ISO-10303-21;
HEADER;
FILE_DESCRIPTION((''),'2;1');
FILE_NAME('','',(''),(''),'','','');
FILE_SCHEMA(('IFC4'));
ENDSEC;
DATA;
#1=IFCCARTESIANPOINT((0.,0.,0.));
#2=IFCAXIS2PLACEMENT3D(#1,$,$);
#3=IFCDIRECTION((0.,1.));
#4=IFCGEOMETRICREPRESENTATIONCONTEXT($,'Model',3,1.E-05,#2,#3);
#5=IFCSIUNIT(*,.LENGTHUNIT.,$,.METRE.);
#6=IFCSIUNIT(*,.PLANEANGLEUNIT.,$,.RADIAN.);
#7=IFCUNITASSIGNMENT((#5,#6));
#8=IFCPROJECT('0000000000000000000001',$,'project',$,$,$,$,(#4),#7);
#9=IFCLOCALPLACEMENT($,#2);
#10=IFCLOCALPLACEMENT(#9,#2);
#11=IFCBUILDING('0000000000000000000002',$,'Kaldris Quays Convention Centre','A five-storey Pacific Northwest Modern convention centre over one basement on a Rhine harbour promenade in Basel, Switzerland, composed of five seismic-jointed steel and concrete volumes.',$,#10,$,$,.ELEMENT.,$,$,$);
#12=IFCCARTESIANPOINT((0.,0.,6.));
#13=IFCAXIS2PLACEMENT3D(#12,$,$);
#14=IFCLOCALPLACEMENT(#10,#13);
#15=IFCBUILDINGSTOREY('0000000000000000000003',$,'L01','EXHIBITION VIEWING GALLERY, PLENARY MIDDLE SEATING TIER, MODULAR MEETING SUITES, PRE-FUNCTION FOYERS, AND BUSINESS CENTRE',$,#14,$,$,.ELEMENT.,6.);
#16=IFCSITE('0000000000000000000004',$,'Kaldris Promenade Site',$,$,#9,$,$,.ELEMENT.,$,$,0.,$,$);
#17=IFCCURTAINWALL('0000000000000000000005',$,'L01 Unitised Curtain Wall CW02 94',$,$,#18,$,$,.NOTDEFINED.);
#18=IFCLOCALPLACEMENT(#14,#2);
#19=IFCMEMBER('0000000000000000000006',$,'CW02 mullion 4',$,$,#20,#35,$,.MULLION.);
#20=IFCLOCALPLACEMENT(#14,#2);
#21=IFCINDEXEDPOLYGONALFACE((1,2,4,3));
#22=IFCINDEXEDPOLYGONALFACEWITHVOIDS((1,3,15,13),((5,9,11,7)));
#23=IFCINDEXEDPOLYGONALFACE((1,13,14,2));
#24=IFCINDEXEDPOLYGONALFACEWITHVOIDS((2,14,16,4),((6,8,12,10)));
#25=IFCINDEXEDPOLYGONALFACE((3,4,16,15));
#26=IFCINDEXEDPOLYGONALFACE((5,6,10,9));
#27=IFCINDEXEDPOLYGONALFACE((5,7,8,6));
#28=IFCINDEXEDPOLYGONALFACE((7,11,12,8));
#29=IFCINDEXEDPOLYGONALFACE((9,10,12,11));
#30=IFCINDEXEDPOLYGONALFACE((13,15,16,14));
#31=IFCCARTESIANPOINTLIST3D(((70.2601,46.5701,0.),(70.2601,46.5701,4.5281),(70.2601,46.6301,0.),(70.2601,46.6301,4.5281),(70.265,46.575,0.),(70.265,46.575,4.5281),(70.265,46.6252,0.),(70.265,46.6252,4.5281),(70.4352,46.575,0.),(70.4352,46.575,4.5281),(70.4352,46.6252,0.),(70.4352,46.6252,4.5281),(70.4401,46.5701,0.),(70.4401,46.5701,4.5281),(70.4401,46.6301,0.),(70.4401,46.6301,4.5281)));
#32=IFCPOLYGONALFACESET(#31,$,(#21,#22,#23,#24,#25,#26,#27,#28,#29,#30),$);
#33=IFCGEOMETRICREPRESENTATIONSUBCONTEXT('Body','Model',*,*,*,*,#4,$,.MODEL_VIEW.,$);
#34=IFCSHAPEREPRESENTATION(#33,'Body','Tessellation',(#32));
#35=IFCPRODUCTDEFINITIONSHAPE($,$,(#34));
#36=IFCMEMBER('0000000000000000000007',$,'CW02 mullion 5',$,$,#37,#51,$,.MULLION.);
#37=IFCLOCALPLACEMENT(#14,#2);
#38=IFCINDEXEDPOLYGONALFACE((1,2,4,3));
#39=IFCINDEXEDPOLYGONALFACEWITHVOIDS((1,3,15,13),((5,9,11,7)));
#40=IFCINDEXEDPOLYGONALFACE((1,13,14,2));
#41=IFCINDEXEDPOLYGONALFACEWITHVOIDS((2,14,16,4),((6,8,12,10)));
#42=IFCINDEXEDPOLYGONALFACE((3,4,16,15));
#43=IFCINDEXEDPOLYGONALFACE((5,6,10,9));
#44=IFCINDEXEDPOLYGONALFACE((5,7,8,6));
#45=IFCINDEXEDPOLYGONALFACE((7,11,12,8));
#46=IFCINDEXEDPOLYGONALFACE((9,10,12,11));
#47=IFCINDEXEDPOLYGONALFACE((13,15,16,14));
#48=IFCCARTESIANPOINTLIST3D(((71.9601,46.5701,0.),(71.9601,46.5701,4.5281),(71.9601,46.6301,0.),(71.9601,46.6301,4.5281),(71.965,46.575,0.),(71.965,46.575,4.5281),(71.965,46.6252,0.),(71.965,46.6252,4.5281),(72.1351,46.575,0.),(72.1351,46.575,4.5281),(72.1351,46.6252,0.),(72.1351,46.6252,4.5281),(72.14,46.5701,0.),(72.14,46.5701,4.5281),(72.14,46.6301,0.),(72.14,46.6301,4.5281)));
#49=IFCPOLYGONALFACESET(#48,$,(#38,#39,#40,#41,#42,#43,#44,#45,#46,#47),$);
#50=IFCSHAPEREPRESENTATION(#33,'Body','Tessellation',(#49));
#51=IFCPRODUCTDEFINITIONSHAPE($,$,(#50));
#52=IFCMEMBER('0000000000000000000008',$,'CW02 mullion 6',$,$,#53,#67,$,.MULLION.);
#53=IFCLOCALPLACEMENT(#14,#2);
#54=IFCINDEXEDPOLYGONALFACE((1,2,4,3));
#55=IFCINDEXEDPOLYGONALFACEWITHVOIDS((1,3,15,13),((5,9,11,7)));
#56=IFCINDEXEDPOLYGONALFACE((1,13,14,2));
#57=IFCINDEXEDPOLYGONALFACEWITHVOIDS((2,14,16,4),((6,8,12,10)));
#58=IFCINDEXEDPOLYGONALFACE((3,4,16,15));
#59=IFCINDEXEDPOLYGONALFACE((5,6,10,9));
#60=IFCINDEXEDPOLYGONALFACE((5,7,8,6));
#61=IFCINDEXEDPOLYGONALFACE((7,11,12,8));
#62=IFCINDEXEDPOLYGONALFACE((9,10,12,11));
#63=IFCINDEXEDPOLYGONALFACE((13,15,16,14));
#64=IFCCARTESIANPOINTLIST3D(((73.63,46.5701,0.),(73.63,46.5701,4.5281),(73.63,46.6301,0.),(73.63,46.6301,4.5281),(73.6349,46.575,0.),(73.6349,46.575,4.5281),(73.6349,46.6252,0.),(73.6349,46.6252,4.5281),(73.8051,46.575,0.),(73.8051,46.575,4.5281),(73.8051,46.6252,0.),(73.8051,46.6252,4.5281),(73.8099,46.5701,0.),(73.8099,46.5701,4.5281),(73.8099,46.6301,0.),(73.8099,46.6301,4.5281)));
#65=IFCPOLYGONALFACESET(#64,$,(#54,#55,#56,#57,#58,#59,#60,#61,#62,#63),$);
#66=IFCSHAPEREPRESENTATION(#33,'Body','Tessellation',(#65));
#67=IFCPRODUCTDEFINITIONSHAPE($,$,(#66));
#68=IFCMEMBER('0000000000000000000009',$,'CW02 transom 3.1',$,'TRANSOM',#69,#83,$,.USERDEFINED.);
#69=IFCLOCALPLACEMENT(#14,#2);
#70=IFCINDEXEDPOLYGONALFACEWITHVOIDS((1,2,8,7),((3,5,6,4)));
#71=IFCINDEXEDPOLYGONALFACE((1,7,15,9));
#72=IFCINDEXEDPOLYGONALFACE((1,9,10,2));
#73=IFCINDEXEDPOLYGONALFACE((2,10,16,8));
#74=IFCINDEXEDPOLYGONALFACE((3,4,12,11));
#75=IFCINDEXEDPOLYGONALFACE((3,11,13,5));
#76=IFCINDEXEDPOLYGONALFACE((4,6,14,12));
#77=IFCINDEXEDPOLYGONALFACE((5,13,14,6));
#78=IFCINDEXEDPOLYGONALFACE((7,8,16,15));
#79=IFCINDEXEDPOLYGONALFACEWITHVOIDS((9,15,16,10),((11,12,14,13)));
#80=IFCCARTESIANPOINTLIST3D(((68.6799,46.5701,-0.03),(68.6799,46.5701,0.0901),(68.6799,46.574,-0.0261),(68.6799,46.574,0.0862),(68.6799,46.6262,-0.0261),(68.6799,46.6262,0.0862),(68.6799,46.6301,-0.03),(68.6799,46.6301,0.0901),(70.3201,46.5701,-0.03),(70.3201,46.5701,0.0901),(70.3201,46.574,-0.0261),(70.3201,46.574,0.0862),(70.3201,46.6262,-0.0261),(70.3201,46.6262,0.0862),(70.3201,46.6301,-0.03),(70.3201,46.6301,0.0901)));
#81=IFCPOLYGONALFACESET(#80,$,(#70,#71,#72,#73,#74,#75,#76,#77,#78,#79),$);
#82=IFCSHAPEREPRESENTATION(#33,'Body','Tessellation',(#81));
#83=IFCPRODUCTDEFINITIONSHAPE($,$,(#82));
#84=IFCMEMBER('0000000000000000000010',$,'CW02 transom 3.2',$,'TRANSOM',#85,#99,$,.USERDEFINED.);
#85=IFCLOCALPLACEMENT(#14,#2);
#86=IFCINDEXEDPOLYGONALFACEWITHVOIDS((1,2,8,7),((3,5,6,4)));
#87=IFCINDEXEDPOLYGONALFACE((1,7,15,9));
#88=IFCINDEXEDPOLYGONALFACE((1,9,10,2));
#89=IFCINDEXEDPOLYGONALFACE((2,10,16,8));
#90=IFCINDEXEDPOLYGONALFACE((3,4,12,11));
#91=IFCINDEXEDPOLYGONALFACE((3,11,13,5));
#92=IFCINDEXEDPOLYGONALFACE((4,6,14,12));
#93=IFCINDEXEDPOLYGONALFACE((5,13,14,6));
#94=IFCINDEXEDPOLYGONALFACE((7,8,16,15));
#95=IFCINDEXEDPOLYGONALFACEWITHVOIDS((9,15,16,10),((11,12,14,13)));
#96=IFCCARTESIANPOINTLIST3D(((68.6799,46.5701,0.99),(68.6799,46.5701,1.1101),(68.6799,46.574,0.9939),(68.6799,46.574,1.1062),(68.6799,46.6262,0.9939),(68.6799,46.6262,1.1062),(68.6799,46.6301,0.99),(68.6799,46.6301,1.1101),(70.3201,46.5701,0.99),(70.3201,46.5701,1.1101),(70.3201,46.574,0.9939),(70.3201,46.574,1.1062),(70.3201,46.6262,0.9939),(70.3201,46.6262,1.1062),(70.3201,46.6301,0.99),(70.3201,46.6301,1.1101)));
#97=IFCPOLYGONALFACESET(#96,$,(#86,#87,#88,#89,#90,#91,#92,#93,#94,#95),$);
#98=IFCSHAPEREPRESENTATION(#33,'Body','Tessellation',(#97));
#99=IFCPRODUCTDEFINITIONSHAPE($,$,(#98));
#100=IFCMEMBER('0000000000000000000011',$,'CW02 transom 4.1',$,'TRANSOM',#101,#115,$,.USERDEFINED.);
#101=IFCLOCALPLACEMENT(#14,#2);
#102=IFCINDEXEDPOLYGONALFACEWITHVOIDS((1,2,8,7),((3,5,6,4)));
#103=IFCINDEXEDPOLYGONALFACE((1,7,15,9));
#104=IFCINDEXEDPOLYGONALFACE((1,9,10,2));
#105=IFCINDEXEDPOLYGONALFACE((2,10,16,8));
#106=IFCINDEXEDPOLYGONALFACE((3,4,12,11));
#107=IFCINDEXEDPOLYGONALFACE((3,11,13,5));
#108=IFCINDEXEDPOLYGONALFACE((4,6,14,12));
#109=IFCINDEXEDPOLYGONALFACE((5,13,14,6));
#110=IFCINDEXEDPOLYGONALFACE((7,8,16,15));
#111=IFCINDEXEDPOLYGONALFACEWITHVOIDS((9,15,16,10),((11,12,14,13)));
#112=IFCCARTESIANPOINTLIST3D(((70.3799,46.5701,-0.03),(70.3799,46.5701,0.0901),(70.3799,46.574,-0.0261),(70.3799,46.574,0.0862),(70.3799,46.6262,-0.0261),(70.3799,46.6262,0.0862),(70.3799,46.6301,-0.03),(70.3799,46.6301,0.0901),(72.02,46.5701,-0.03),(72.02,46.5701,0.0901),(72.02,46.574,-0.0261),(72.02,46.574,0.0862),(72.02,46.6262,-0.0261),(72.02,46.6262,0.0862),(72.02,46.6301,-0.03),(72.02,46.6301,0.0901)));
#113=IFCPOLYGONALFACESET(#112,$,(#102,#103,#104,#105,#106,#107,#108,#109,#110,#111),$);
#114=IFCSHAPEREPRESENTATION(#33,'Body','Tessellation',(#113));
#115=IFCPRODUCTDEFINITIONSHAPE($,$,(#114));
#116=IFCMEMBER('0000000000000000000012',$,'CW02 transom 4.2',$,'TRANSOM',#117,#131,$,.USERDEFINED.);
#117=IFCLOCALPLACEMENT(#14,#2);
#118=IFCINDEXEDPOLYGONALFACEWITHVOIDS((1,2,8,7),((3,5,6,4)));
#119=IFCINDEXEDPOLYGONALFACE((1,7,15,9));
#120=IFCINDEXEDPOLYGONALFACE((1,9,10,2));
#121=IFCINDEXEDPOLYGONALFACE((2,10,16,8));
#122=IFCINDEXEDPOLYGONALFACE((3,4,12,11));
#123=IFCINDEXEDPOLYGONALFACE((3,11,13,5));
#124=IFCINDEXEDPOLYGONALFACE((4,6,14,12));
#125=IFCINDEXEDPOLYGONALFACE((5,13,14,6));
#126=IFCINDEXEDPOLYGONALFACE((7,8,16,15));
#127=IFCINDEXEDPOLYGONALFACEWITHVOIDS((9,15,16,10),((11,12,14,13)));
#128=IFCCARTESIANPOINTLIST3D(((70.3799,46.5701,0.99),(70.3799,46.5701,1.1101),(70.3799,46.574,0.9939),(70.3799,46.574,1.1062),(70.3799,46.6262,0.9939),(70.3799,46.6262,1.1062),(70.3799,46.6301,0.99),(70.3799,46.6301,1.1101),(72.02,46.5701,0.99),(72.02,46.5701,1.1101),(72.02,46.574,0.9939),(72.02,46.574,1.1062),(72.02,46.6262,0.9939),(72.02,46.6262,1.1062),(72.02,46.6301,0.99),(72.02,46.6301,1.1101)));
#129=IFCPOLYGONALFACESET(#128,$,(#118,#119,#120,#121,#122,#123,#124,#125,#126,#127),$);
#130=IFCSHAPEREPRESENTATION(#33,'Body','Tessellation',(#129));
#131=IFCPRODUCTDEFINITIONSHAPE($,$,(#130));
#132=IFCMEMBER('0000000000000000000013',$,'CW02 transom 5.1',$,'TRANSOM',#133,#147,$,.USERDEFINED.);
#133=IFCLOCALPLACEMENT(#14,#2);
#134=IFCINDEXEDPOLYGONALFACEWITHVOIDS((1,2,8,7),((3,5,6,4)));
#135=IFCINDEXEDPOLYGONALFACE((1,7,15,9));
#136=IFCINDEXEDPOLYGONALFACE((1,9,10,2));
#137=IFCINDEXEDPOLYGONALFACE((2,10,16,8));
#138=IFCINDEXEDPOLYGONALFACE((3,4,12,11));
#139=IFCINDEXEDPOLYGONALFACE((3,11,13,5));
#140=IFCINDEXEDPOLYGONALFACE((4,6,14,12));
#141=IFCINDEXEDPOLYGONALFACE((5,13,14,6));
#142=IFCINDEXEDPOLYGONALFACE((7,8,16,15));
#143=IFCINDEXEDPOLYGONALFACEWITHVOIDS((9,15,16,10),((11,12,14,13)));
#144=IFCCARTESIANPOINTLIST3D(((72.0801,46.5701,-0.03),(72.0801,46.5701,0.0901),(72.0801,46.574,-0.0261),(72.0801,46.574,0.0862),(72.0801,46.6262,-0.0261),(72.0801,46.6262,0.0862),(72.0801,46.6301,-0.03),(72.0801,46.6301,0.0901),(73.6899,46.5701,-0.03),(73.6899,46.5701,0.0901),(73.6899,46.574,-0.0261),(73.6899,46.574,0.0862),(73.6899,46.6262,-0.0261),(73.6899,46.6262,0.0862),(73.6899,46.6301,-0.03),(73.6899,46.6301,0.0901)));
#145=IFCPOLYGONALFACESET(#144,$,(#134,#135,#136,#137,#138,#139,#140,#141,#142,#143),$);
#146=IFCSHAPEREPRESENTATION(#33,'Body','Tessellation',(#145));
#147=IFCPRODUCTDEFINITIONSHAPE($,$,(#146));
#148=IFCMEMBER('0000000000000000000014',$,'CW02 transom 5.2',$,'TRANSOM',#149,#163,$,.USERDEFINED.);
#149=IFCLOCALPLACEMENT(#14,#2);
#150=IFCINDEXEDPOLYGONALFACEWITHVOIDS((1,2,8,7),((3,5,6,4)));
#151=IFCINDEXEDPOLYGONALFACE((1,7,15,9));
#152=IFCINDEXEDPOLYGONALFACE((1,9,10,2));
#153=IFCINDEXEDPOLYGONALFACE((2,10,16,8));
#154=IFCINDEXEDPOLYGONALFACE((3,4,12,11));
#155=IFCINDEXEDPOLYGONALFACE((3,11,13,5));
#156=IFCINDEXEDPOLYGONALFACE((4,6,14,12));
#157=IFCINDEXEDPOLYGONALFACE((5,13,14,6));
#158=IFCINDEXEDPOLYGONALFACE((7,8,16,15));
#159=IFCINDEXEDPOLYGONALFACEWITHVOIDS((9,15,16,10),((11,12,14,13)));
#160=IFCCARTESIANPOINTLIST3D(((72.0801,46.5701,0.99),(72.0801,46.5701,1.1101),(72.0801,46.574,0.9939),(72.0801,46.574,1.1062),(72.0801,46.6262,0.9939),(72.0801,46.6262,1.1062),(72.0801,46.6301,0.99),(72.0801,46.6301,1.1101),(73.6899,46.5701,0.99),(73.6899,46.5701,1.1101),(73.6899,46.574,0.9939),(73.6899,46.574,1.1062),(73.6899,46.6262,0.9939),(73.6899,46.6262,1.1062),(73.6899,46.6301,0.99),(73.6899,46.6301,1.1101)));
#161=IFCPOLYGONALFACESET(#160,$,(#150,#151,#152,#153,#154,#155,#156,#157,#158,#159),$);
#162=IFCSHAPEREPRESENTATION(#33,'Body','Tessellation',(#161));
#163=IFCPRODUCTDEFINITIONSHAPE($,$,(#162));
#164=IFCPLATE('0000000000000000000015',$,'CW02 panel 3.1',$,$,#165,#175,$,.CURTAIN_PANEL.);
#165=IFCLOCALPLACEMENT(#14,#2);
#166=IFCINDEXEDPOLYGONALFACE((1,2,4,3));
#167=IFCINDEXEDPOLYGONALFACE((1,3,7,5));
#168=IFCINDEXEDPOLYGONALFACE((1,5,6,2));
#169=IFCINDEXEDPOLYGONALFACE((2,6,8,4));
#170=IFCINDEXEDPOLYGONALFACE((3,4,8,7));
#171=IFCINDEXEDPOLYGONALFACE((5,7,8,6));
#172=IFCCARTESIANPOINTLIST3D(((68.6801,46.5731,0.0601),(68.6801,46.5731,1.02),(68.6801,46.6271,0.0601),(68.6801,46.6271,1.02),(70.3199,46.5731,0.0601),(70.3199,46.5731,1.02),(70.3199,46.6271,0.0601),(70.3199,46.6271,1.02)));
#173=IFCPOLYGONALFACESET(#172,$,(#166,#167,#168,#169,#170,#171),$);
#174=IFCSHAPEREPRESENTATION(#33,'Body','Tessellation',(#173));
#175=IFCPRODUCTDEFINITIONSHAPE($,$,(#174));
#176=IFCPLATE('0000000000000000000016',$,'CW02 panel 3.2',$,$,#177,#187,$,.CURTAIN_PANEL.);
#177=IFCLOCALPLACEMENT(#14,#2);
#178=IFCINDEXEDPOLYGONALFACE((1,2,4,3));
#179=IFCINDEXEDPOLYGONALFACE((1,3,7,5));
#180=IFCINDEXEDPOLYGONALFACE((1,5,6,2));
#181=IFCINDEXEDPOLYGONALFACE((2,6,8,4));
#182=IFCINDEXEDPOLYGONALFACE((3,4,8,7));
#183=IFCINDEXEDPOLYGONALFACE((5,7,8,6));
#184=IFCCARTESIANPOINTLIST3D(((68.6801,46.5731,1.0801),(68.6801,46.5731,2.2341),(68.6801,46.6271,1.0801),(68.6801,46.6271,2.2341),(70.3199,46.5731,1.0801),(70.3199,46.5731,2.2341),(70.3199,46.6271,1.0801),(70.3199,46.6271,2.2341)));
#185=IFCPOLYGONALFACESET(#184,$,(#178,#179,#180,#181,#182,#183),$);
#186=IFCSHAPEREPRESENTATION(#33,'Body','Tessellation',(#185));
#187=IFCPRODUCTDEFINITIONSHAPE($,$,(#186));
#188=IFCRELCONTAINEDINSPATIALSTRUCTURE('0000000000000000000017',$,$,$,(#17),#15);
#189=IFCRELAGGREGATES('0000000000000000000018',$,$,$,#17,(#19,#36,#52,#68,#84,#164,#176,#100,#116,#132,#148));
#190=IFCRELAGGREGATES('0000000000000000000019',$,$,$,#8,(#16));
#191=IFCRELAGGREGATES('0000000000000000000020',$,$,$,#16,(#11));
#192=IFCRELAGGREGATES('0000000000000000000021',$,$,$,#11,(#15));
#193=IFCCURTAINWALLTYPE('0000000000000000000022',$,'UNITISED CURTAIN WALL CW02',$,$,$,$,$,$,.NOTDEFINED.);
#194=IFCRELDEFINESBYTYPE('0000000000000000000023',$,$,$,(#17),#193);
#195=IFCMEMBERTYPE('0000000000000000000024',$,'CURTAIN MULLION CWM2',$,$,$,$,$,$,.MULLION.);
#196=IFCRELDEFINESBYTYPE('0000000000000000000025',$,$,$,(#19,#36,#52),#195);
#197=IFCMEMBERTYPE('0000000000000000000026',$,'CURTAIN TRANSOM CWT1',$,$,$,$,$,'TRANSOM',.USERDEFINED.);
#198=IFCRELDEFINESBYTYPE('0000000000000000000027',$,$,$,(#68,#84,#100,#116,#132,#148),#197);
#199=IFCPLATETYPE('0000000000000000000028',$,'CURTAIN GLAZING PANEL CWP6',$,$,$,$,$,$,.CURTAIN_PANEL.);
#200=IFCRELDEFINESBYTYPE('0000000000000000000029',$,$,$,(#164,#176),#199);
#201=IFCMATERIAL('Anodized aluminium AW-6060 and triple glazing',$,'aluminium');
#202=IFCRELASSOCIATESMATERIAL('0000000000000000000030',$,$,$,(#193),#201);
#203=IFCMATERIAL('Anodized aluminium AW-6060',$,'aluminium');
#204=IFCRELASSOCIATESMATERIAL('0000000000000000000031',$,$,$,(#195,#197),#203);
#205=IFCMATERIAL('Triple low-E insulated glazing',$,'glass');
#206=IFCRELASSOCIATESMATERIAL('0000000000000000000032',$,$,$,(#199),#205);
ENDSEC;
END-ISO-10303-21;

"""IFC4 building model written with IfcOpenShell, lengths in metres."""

from ifc_helpers import new_model, si_unit, direction, frame, origin, origin_2d, place, context, subcontext, project, spatial, rectangle, hollow_rectangle, extrude, material, material_profile, profile_set, type_object, element, aggregate, save


model = new_model("IFC4")

# Units and contexts
model_context = context("Model", 3, precision=1e-05, world=origin(), true_north=direction((0.0, 1.0)))
body_context = subcontext(model_context, "Body", "Model", "MODEL_VIEW")
ifc_project = project(units=[si_unit("LENGTHUNIT", "METRE"), si_unit("PLANEANGLEUNIT", "RADIAN")], contexts=[model_context])

# Site, building, storey
site_placement = place(None, origin())
site = spatial("IfcSite", under=ifc_project, at=site_placement, Name="Kaldris Promenade Site", CompositionType="ELEMENT", RefElevation=0.0)
building_placement = place(site_placement, origin())
building = spatial("IfcBuilding", under=site, at=building_placement, Name="Kaldris Quays Convention Centre", Description="A five-storey Pacific Northwest Modern convention centre over one basement on a Rhine harbour promenade in Basel, Switzerland, composed of five seismic-jointed steel and concrete volumes.", CompositionType="ELEMENT")
storey_placement = place(building_placement, frame((0.0, 0.0, 6.0)))
storey = spatial("IfcBuildingStorey", under=building, at=storey_placement, Name="L01", Description="EXHIBITION VIEWING GALLERY, PLENARY MIDDLE SEATING TIER, MODULAR MEETING SUITES, PRE-FUNCTION FOYERS, AND BUSINESS CENTRE", CompositionType="ELEMENT", Elevation=6.0)

# Curtain wall, members, plates
ifc_material_1 = material(Name="Anodized aluminium AW-6060 and triple glazing", Category="aluminium")
curtain_wall_type = type_object("IfcCurtainWallType", Name="UNITISED CURTAIN WALL CW02", PredefinedType="NOTDEFINED", material=ifc_material_1)
curtain_wall_placement = place(storey_placement, origin())
curtain_wall = element("IfcCurtainWall", 1, at=curtain_wall_placement, inside=storey, type_object=curtain_wall_type, Name="L01 Unitised Curtain Wall CW02 94", PredefinedType="NOTDEFINED")
ifc_material_2 = material(Name="Anodized aluminium AW-6060", Category="aluminium")
ifc_material_profile_1 = material_profile(ifc_material_2, hollow_rectangle(XDim=0.0601, YDim=0.1799, WallThickness=0.0049, at=origin_2d()), Name="RHS 180x60x5")
ifc_profile_set_1 = profile_set([ifc_material_profile_1], Name="Anodized aluminium AW-6060")
member_type_1 = type_object("IfcMemberType", Name="CURTAIN MULLION CWM2", PredefinedType="MULLION", material=ifc_profile_set_1)
member_1_placement = place(storey_placement, frame((70.3501, 46.6001, 0.0), z_axis=(0.0, 0.0, 1.0), x_axis=(0.0, 1.0, 0.0)))
member_1 = element("IfcMember", 2, at=member_1_placement, type_object=member_type_1, Name="CW02 mullion 4", PredefinedType="MULLION", context=body_context, shape_type="SweptSolid", body=[
    extrude(hollow_rectangle(XDim=0.0601, YDim=0.1799, WallThickness=0.0049, at=origin_2d()), origin(), (0.0, 0.0, 1.0), 4.5281),
])
member_2_placement = place(storey_placement, frame((72.05, 46.6001, 0.0), z_axis=(0.0, 0.0, 1.0), x_axis=(0.0, 1.0, 0.0)))
member_2 = element("IfcMember", 3, at=member_2_placement, type_object=member_type_1, Name="CW02 mullion 5", PredefinedType="MULLION", context=body_context, shape_type="SweptSolid", body=[
    extrude(hollow_rectangle(XDim=0.0601, YDim=0.1799, WallThickness=0.0049, at=origin_2d()), origin(), (0.0, 0.0, 1.0), 4.5281),
])
member_3_placement = place(storey_placement, frame((73.72, 46.6001, 0.0), z_axis=(0.0, 0.0, 1.0), x_axis=(0.0, 1.0, 0.0)))
member_3 = element("IfcMember", 4, at=member_3_placement, type_object=member_type_1, Name="CW02 mullion 6", PredefinedType="MULLION", context=body_context, shape_type="SweptSolid", body=[
    extrude(hollow_rectangle(XDim=0.0601, YDim=0.1799, WallThickness=0.0049, at=origin_2d()), origin(), (0.0, 0.0, 1.0), 4.5281),
])
ifc_material_profile_2 = material_profile(ifc_material_2, hollow_rectangle(XDim=0.0601, YDim=0.1201, WallThickness=0.0039, at=origin_2d()), Name="RHS 120x60x4")
ifc_profile_set_2 = profile_set([ifc_material_profile_2], Name="Anodized aluminium AW-6060")
member_type_2 = type_object("IfcMemberType", Name="CURTAIN TRANSOM CWT1", ElementType="TRANSOM", PredefinedType="USERDEFINED", material=ifc_profile_set_2)
member_4_placement = place(storey_placement, frame((68.6799, 46.6001, 0.03), z_axis=(1.0, 0.0, 0.0), x_axis=(0.0, 1.0, 0.0)))
member_4 = element("IfcMember", 5, at=member_4_placement, type_object=member_type_2, Name="CW02 transom 3.1", ObjectType="TRANSOM", PredefinedType="USERDEFINED", context=body_context, shape_type="SweptSolid", body=[
    extrude(hollow_rectangle(XDim=0.0601, YDim=0.1201, WallThickness=0.0039, at=origin_2d()), origin(), (0.0, 0.0, 1.0), 1.6401),
])
member_5_placement = place(storey_placement, frame((68.6799, 46.6001, 1.05), z_axis=(1.0, 0.0, 0.0), x_axis=(0.0, 1.0, 0.0)))
member_5 = element("IfcMember", 6, at=member_5_placement, type_object=member_type_2, Name="CW02 transom 3.2", ObjectType="TRANSOM", PredefinedType="USERDEFINED", context=body_context, shape_type="SweptSolid", body=[
    extrude(hollow_rectangle(XDim=0.0601, YDim=0.1201, WallThickness=0.0039, at=origin_2d()), origin(), (0.0, 0.0, 1.0), 1.6401),
])
member_6_placement = place(storey_placement, frame((70.3799, 46.6001, 0.03), z_axis=(1.0, 0.0, 0.0), x_axis=(0.0, 1.0, 0.0)))
member_6 = element("IfcMember", 7, at=member_6_placement, type_object=member_type_2, Name="CW02 transom 4.1", ObjectType="TRANSOM", PredefinedType="USERDEFINED", context=body_context, shape_type="SweptSolid", body=[
    extrude(hollow_rectangle(XDim=0.0601, YDim=0.1201, WallThickness=0.0039, at=origin_2d()), origin(), (0.0, 0.0, 1.0), 1.6401),
])
member_7_placement = place(storey_placement, frame((70.3799, 46.6001, 1.05), z_axis=(1.0, 0.0, 0.0), x_axis=(0.0, 1.0, 0.0)))
member_7 = element("IfcMember", 8, at=member_7_placement, type_object=member_type_2, Name="CW02 transom 4.2", ObjectType="TRANSOM", PredefinedType="USERDEFINED", context=body_context, shape_type="SweptSolid", body=[
    extrude(hollow_rectangle(XDim=0.0601, YDim=0.1201, WallThickness=0.0039, at=origin_2d()), origin(), (0.0, 0.0, 1.0), 1.6401),
])
member_8_placement = place(storey_placement, frame((72.0801, 46.6001, 0.03), z_axis=(1.0, 0.0, 0.0), x_axis=(0.0, 1.0, 0.0)))
member_8 = element("IfcMember", 9, at=member_8_placement, type_object=member_type_2, Name="CW02 transom 5.1", ObjectType="TRANSOM", PredefinedType="USERDEFINED", context=body_context, shape_type="SweptSolid", body=[
    extrude(hollow_rectangle(XDim=0.0601, YDim=0.1201, WallThickness=0.0039, at=origin_2d()), origin(), (0.0, 0.0, 1.0), 1.6099),
])
member_9_placement = place(storey_placement, frame((72.0801, 46.6001, 1.05), z_axis=(1.0, 0.0, 0.0), x_axis=(0.0, 1.0, 0.0)))
member_9 = element("IfcMember", 10, at=member_9_placement, type_object=member_type_2, Name="CW02 transom 5.2", ObjectType="TRANSOM", PredefinedType="USERDEFINED", context=body_context, shape_type="SweptSolid", body=[
    extrude(hollow_rectangle(XDim=0.0601, YDim=0.1201, WallThickness=0.0039, at=origin_2d()), origin(), (0.0, 0.0, 1.0), 1.6099),
])
ifc_material_3 = material(Name="Triple low-E insulated glazing", Category="glass")
plate_type = type_object("IfcPlateType", Name="CURTAIN GLAZING PANEL CWP6", PredefinedType="CURTAIN_PANEL", material=ifc_material_3)
plate_1_placement = place(storey_placement, frame((69.5, 46.6001, 0.0601), z_axis=(0.0, 0.0, 1.0), x_axis=(1.0, 0.0, 0.0)))
plate_1 = element("IfcPlate", 11, at=plate_1_placement, type_object=plate_type, Name="CW02 panel 3.1", PredefinedType="CURTAIN_PANEL", context=body_context, shape_type="SweptSolid", body=[
    extrude(rectangle(XDim=1.6399, YDim=0.054, at=origin_2d()), origin(), (0.0, 0.0, 1.0), 0.96),
])
plate_2_placement = place(storey_placement, frame((69.5, 46.6001, 1.0801), z_axis=(0.0, 0.0, 1.0), x_axis=(1.0, 0.0, 0.0)))
plate_2 = element("IfcPlate", 12, at=plate_2_placement, type_object=plate_type, Name="CW02 panel 3.2", PredefinedType="CURTAIN_PANEL", context=body_context, shape_type="SweptSolid", body=[
    extrude(rectangle(XDim=1.6399, YDim=0.054, at=origin_2d()), origin(), (0.0, 0.0, 1.0), 1.1541),
])
aggregate(curtain_wall, [member_1, member_2, member_3, member_4, member_5, plate_1, plate_2, member_6, member_7, member_8, member_9])

save(model, "model.ifc")
